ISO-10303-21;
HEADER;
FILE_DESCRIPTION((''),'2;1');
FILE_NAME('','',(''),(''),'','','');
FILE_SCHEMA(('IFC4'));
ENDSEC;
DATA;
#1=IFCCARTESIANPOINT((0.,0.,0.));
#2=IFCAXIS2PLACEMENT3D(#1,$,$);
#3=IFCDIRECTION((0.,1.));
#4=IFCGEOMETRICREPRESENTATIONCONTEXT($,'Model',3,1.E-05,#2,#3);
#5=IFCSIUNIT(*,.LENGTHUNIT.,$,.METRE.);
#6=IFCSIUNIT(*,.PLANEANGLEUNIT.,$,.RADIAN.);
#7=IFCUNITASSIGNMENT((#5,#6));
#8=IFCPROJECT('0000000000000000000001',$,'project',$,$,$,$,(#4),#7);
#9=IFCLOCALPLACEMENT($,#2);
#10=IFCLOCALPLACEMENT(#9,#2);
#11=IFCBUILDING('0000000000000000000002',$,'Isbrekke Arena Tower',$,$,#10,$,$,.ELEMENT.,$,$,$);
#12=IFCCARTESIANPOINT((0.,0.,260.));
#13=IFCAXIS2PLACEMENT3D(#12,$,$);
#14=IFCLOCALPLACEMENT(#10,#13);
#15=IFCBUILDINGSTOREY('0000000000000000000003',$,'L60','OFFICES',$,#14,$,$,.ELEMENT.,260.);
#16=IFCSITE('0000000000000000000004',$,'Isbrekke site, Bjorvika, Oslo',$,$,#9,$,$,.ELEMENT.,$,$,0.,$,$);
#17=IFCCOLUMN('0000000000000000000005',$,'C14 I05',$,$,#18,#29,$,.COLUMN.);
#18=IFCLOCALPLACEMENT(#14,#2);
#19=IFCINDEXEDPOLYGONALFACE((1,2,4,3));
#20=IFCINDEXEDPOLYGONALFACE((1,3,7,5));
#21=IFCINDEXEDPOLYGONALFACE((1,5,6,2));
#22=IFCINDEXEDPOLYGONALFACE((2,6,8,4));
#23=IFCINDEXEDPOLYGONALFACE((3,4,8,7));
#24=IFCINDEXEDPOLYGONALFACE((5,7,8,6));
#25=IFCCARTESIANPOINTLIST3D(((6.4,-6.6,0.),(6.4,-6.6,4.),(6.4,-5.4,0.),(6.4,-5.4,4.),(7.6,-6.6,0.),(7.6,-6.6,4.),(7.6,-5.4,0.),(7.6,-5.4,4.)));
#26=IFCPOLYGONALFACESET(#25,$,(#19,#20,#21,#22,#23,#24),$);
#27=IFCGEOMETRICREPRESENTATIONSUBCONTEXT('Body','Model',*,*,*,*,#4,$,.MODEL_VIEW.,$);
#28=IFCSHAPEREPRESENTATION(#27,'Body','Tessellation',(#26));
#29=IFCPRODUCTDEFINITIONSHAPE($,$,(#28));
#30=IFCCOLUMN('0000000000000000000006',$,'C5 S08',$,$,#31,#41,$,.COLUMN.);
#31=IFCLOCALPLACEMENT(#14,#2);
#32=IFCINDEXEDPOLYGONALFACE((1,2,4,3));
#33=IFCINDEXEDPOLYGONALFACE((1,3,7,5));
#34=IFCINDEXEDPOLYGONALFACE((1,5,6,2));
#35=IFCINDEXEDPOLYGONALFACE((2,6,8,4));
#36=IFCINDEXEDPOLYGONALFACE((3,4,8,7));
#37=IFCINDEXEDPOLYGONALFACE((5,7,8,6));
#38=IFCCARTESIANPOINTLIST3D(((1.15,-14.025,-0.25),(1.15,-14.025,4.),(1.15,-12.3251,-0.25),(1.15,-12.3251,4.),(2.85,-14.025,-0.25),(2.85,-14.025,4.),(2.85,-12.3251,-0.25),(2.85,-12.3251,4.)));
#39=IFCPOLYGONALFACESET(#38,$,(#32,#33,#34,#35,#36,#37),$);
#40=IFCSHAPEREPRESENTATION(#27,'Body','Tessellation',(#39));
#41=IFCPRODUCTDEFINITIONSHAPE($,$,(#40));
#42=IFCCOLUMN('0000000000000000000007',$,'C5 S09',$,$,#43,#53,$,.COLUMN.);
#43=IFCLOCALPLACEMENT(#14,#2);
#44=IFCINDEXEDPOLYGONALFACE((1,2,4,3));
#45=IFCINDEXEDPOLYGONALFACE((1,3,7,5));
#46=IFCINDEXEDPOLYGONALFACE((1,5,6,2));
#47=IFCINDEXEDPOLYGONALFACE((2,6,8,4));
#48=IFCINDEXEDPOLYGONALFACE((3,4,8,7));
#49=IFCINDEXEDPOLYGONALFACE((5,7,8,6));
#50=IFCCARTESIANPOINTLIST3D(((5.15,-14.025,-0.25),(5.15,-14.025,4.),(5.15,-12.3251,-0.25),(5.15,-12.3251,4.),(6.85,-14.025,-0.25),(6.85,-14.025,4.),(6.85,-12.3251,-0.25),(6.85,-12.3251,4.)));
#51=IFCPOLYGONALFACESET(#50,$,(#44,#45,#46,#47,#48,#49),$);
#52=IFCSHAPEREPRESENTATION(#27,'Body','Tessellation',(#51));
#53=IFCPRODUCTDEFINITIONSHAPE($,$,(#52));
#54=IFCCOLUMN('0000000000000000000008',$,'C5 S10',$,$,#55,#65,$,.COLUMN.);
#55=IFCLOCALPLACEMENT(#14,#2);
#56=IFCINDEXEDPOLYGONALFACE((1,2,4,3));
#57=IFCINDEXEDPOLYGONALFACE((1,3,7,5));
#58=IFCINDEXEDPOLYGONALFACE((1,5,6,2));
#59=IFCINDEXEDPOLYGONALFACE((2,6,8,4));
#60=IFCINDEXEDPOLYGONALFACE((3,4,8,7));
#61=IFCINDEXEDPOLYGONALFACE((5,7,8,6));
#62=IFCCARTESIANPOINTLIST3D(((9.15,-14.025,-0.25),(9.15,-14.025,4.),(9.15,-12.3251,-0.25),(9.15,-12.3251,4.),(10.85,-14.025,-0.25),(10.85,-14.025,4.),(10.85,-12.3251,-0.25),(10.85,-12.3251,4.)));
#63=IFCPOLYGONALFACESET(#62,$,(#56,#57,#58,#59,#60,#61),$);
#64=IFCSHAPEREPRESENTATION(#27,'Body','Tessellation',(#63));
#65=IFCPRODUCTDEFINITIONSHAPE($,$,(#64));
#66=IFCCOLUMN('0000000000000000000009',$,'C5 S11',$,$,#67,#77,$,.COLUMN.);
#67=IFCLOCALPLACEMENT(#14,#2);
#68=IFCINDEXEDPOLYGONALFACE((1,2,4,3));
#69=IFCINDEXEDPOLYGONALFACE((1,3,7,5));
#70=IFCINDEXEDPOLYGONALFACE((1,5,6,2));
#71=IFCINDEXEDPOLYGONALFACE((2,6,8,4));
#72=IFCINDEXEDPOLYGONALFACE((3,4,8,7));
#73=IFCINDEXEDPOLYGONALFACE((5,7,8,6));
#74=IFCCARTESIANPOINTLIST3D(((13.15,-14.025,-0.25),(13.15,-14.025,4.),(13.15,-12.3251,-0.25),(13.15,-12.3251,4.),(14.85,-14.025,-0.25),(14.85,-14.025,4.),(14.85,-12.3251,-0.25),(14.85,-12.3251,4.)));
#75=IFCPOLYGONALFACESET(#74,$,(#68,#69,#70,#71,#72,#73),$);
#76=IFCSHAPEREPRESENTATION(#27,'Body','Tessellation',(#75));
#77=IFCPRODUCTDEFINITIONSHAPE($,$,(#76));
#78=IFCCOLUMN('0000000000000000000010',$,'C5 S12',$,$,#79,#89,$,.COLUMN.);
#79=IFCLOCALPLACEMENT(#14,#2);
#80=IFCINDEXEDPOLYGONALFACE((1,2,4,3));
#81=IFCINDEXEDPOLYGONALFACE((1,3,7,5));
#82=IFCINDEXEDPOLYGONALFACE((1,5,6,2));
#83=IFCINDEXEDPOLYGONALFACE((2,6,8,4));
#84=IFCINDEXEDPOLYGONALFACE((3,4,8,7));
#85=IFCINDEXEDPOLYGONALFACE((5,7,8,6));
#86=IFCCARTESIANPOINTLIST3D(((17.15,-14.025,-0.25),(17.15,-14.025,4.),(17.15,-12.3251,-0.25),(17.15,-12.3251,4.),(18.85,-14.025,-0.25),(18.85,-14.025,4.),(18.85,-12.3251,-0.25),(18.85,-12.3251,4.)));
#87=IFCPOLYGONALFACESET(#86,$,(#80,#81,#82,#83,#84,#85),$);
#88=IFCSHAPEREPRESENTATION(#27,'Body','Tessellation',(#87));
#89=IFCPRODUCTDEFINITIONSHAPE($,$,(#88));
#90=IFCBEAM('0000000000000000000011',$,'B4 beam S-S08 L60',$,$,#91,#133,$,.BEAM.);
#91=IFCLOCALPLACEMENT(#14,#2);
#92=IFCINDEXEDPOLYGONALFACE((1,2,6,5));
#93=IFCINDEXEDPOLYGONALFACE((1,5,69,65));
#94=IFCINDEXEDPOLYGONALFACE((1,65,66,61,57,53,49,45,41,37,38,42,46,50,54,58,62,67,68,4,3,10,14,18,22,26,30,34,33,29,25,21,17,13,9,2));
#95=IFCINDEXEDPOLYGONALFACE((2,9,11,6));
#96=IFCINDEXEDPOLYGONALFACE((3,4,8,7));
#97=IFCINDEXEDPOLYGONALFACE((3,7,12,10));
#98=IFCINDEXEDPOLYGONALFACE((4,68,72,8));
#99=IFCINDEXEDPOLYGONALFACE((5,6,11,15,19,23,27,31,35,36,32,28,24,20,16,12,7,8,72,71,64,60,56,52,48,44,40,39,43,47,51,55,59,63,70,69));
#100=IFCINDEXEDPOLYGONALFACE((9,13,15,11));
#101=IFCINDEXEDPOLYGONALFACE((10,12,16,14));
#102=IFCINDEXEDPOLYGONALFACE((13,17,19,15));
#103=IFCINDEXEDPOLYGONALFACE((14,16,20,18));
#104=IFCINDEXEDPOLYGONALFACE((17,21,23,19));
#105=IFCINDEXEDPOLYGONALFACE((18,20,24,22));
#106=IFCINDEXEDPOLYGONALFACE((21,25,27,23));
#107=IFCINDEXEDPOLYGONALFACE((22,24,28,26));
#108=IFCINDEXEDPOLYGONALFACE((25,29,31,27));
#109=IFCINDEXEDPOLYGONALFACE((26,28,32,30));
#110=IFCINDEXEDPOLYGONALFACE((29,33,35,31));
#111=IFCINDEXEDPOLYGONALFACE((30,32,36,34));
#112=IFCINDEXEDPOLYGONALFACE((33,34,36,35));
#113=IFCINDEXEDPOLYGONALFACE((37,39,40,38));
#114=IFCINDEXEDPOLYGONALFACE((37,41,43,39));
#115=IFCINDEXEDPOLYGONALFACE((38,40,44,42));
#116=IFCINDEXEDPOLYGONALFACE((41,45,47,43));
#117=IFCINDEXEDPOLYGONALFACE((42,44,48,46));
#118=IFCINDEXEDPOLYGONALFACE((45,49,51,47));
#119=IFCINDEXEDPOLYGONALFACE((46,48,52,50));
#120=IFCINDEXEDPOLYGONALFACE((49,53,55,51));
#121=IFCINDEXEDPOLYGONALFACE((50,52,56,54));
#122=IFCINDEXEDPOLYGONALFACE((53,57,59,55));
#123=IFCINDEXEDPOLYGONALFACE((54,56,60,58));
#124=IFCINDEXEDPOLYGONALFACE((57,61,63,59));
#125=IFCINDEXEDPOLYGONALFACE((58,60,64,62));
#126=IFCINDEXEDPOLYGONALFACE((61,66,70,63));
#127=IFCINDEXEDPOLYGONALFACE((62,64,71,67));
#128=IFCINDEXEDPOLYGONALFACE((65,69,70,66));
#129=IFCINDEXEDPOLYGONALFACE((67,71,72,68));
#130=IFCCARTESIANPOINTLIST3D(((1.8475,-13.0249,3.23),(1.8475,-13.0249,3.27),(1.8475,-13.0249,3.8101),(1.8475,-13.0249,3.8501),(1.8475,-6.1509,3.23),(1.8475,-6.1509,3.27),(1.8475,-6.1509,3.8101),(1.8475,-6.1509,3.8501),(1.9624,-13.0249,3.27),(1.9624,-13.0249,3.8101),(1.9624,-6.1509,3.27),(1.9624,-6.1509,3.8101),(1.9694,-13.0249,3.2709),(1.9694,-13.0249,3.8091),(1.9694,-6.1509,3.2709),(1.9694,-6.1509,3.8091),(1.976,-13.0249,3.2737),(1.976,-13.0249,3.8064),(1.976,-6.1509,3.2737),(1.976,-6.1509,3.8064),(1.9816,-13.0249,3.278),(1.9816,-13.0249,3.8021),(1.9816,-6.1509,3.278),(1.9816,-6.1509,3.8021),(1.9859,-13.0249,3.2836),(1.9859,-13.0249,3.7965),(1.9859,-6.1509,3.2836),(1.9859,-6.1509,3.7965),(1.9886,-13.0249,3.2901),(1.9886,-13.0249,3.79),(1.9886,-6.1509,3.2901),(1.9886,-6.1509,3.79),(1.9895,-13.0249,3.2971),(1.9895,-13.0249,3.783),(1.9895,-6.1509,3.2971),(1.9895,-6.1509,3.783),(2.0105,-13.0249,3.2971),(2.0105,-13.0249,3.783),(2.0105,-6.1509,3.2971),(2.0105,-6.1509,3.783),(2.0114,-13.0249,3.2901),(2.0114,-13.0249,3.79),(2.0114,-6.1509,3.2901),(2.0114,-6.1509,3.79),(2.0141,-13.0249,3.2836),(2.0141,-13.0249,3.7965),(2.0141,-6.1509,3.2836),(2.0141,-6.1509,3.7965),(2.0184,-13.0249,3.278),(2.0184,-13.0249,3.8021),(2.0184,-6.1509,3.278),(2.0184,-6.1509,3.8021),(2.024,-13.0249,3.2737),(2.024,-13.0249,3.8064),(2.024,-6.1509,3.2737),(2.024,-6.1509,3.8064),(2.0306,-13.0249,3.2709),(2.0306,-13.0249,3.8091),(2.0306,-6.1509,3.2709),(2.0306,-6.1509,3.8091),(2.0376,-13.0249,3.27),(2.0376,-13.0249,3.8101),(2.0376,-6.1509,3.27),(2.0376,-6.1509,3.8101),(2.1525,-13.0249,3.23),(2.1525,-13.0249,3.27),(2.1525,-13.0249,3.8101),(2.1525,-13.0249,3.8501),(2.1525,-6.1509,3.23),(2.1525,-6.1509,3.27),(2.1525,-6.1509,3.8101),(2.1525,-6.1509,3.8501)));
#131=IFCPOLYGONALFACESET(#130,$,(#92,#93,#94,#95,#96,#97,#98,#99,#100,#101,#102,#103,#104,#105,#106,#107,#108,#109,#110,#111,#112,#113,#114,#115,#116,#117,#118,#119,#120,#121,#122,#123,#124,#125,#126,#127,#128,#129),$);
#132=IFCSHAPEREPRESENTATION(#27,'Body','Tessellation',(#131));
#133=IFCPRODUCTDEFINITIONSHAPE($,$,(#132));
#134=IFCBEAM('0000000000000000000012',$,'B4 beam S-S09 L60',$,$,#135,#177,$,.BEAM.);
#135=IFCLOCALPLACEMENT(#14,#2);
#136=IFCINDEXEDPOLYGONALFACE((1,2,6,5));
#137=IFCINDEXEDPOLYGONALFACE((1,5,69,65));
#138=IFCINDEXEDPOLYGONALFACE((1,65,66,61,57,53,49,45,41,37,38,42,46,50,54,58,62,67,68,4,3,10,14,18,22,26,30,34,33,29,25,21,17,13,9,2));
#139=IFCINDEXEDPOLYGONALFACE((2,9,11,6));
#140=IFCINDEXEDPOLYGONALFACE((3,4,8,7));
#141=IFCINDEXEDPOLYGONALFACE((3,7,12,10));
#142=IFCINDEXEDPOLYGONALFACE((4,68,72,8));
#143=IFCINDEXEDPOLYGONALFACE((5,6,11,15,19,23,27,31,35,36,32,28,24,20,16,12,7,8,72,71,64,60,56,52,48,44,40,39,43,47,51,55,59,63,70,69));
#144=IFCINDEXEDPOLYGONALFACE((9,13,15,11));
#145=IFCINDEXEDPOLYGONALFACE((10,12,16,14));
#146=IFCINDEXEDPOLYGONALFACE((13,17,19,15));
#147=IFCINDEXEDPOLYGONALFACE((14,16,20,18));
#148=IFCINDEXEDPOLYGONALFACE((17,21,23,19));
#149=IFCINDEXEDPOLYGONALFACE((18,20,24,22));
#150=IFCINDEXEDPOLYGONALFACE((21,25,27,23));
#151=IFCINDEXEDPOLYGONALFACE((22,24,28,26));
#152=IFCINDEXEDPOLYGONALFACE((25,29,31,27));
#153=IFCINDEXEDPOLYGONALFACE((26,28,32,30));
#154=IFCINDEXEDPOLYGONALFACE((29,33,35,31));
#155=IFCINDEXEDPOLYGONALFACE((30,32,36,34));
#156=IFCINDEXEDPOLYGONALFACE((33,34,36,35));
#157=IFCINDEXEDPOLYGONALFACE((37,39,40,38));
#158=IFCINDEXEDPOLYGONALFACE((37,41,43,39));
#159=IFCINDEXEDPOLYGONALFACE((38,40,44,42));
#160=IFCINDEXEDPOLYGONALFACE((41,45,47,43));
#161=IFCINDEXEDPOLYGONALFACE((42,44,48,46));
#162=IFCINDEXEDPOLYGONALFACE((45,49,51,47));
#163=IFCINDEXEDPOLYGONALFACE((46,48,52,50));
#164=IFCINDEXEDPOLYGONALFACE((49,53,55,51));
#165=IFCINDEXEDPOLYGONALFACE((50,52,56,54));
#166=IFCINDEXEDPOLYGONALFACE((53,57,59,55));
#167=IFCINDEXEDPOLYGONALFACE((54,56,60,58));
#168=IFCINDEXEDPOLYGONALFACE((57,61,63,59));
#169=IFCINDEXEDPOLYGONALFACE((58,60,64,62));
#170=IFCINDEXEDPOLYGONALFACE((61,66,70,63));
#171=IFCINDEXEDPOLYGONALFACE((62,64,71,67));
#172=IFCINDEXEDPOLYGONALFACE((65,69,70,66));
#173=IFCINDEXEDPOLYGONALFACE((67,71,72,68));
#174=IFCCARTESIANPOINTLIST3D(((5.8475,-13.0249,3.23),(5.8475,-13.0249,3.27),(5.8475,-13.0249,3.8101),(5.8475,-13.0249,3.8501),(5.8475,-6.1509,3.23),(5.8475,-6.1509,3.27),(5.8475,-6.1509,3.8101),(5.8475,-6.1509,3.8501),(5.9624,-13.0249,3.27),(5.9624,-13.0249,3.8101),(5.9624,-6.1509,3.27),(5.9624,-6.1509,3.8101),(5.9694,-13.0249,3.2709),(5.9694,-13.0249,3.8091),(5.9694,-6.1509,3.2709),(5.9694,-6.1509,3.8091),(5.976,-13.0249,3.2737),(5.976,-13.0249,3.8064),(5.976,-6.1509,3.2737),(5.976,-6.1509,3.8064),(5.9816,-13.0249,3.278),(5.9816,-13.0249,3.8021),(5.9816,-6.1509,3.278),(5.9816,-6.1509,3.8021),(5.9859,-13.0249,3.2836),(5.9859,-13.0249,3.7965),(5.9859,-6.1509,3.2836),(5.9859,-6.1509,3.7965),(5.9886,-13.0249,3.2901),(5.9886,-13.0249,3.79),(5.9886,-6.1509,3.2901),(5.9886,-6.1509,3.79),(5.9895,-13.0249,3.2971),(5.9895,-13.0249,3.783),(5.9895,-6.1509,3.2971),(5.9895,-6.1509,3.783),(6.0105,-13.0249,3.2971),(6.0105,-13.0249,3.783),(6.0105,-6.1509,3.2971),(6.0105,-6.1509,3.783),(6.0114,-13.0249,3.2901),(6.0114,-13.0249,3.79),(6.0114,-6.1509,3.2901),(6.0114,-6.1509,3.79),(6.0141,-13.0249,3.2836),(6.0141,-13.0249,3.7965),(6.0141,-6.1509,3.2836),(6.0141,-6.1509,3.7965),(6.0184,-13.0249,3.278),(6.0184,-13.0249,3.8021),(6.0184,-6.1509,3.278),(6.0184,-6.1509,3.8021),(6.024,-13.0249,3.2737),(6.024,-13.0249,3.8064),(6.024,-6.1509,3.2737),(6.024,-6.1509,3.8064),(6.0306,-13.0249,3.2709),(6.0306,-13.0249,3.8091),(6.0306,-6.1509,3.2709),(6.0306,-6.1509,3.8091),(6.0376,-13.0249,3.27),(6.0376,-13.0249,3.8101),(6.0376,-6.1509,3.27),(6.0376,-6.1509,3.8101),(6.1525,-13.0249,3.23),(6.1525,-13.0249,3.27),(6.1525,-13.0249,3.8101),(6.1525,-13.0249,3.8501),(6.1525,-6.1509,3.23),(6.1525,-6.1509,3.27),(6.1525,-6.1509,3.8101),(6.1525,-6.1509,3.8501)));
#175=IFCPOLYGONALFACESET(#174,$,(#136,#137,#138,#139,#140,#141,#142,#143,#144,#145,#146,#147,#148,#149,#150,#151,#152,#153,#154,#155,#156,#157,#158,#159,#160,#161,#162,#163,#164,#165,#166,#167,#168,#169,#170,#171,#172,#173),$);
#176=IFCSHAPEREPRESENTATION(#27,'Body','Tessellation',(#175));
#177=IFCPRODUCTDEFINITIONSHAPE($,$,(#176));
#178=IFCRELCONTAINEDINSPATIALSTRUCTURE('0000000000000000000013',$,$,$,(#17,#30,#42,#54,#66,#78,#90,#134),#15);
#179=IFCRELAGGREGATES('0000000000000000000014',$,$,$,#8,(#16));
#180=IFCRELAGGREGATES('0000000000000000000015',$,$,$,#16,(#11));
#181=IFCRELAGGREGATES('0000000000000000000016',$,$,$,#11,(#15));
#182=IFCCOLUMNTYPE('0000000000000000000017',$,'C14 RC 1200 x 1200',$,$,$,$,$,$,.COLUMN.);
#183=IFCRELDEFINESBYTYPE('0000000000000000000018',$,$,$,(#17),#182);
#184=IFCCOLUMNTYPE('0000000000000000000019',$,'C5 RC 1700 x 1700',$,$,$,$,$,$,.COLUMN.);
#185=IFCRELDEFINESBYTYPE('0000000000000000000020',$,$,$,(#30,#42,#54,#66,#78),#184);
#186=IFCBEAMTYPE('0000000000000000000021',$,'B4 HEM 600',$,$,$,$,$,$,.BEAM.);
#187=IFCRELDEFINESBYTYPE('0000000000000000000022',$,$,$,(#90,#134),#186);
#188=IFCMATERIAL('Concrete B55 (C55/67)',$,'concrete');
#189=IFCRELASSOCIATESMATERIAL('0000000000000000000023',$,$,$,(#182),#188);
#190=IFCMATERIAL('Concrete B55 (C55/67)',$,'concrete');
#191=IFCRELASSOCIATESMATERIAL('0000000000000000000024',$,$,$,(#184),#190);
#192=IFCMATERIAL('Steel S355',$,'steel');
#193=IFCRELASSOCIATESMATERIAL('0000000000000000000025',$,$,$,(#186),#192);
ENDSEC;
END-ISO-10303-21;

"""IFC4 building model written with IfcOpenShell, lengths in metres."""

from ifc_helpers import new_model, si_unit, direction, frame, origin, origin_2d, place, context, subcontext, project, spatial, rectangle, i_section, extrude, material, material_profile, profile_set, type_object, element, save


model = new_model("IFC4")

# Units and contexts
model_context = context("Model", 3, precision=1e-05, world=origin(), true_north=direction((0.0, 1.0)))
body_context = subcontext(model_context, "Body", "Model", "MODEL_VIEW")
ifc_project = project(units=[si_unit("LENGTHUNIT", "METRE"), si_unit("PLANEANGLEUNIT", "RADIAN")], contexts=[model_context])

# Site, building, storey
site_placement = place(None, origin())
site = spatial("IfcSite", under=ifc_project, at=site_placement, Name="Isbrekke site, Bjorvika, Oslo", CompositionType="ELEMENT", RefElevation=0.0)
building_placement = place(site_placement, origin())
building = spatial("IfcBuilding", under=site, at=building_placement, Name="Isbrekke Arena Tower", CompositionType="ELEMENT")
storey_placement = place(building_placement, frame((0.0, 0.0, 260.0)))
storey = spatial("IfcBuildingStorey", under=building, at=storey_placement, Name="L60", Description="OFFICES", CompositionType="ELEMENT", Elevation=260.0)

# Columns
ifc_material_1 = material(Name="Concrete B55 (C55/67)", Category="concrete")
ifc_material_profile_1 = material_profile(ifc_material_1, rectangle(XDim=1.2, YDim=1.2, at=origin_2d()), Name="RC 1200x1200")
ifc_profile_set_1 = profile_set([ifc_material_profile_1], Name="Concrete B55 (C55/67)")
column_type_1 = type_object("IfcColumnType", Name="C14 RC 1200 x 1200", PredefinedType="COLUMN", material=ifc_profile_set_1)
column_placement = place(storey_placement, frame((7.0, -6.0, 0.0), z_axis=(0.0, 0.0, 1.0), x_axis=(1.0, 0.0, 0.0)))
element("IfcColumn", 1, at=column_placement, inside=storey, type_object=column_type_1, Name="C14 I05", PredefinedType="COLUMN", context=body_context, shape_type="SweptSolid", body=[
    extrude(rectangle(XDim=1.2, YDim=1.2, at=origin_2d()), origin(), (0.0, 0.0, 1.0), 4.0),
])
ifc_material_2 = material(Name="Concrete B55 (C55/67)", Category="concrete")
ifc_material_profile_2 = material_profile(ifc_material_2, rectangle(XDim=1.7, YDim=1.7, at=origin_2d()), Name="RC 1700x1700")
ifc_profile_set_2 = profile_set([ifc_material_profile_2], Name="Concrete B55 (C55/67)")
column_type_2 = type_object("IfcColumnType", Name="C5 RC 1700 x 1700", PredefinedType="COLUMN", material=ifc_profile_set_2)
for number, where, z_axis, x_axis, name in (
    (2, (2.0, -13.175, -0.25), (0.0, 0.0, 1.0), (1.0, 0.0, 0.0), "C5 S08"),
    (3, (6.0, -13.175, -0.25), (0.0, 0.0, 1.0), (1.0, 0.0, 0.0), "C5 S09"),
    (4, (10.0, -13.175, -0.25), (0.0, 0.0, 1.0), (1.0, 0.0, 0.0), "C5 S10"),
    (5, (14.0, -13.175, -0.25), (0.0, 0.0, 1.0), (1.0, 0.0, 0.0), "C5 S11"),
    (6, (18.0, -13.175, -0.25), (0.0, 0.0, 1.0), (1.0, 0.0, 0.0), "C5 S12"),
):
    element("IfcColumn", number, at=place(storey_placement, frame(where, z_axis=z_axis, x_axis=x_axis)), inside=storey, type_object=column_type_2, Name=name, PredefinedType="COLUMN", context=body_context, shape_type="SweptSolid", body=[
        extrude(rectangle(XDim=1.7, YDim=1.7, at=origin_2d()), origin(), (0.0, 0.0, 1.0), 4.25),
    ])

# Beams
ifc_material_3 = material(Name="Steel S355", Category="steel")
ifc_material_profile_3 = material_profile(ifc_material_3, i_section(OverallWidth=0.3049, OverallDepth=0.6201, WebThickness=0.021, FlangeThickness=0.04, FilletRadius=0.0271, at=origin_2d()), Name="HEM 600")
ifc_profile_set_3 = profile_set([ifc_material_profile_3], Name="Steel S355")
beam_type_1 = type_object("IfcBeamType", Name="B4 HEM 600", PredefinedType="BEAM", material=ifc_profile_set_3)
for number, where, z_axis, x_axis, name in (
    (7, (2.0, -13.0249, 3.54), (0.0, 1.0, 0.0), (-1.0, 0.0, 0.0), "B4 beam S-S08 L60"),
    (8, (6.0, -13.0249, 3.54), (0.0, 1.0, 0.0), (-1.0, 0.0, 0.0), "B4 beam S-S09 L60"),
):
    element("IfcBeam", number, at=place(storey_placement, frame(where, z_axis=z_axis, x_axis=x_axis)), inside=storey, type_object=beam_type_1, Name=name, PredefinedType="BEAM", context=body_context, shape_type="SweptSolid", body=[
        extrude(i_section(OverallWidth=0.3049, OverallDepth=0.6201, WebThickness=0.021, FlangeThickness=0.04, FilletRadius=0.0271, at=origin_2d()), origin(), (0.0, 0.0, 1.0), 6.874),
    ])

save(model, "model.ifc")
